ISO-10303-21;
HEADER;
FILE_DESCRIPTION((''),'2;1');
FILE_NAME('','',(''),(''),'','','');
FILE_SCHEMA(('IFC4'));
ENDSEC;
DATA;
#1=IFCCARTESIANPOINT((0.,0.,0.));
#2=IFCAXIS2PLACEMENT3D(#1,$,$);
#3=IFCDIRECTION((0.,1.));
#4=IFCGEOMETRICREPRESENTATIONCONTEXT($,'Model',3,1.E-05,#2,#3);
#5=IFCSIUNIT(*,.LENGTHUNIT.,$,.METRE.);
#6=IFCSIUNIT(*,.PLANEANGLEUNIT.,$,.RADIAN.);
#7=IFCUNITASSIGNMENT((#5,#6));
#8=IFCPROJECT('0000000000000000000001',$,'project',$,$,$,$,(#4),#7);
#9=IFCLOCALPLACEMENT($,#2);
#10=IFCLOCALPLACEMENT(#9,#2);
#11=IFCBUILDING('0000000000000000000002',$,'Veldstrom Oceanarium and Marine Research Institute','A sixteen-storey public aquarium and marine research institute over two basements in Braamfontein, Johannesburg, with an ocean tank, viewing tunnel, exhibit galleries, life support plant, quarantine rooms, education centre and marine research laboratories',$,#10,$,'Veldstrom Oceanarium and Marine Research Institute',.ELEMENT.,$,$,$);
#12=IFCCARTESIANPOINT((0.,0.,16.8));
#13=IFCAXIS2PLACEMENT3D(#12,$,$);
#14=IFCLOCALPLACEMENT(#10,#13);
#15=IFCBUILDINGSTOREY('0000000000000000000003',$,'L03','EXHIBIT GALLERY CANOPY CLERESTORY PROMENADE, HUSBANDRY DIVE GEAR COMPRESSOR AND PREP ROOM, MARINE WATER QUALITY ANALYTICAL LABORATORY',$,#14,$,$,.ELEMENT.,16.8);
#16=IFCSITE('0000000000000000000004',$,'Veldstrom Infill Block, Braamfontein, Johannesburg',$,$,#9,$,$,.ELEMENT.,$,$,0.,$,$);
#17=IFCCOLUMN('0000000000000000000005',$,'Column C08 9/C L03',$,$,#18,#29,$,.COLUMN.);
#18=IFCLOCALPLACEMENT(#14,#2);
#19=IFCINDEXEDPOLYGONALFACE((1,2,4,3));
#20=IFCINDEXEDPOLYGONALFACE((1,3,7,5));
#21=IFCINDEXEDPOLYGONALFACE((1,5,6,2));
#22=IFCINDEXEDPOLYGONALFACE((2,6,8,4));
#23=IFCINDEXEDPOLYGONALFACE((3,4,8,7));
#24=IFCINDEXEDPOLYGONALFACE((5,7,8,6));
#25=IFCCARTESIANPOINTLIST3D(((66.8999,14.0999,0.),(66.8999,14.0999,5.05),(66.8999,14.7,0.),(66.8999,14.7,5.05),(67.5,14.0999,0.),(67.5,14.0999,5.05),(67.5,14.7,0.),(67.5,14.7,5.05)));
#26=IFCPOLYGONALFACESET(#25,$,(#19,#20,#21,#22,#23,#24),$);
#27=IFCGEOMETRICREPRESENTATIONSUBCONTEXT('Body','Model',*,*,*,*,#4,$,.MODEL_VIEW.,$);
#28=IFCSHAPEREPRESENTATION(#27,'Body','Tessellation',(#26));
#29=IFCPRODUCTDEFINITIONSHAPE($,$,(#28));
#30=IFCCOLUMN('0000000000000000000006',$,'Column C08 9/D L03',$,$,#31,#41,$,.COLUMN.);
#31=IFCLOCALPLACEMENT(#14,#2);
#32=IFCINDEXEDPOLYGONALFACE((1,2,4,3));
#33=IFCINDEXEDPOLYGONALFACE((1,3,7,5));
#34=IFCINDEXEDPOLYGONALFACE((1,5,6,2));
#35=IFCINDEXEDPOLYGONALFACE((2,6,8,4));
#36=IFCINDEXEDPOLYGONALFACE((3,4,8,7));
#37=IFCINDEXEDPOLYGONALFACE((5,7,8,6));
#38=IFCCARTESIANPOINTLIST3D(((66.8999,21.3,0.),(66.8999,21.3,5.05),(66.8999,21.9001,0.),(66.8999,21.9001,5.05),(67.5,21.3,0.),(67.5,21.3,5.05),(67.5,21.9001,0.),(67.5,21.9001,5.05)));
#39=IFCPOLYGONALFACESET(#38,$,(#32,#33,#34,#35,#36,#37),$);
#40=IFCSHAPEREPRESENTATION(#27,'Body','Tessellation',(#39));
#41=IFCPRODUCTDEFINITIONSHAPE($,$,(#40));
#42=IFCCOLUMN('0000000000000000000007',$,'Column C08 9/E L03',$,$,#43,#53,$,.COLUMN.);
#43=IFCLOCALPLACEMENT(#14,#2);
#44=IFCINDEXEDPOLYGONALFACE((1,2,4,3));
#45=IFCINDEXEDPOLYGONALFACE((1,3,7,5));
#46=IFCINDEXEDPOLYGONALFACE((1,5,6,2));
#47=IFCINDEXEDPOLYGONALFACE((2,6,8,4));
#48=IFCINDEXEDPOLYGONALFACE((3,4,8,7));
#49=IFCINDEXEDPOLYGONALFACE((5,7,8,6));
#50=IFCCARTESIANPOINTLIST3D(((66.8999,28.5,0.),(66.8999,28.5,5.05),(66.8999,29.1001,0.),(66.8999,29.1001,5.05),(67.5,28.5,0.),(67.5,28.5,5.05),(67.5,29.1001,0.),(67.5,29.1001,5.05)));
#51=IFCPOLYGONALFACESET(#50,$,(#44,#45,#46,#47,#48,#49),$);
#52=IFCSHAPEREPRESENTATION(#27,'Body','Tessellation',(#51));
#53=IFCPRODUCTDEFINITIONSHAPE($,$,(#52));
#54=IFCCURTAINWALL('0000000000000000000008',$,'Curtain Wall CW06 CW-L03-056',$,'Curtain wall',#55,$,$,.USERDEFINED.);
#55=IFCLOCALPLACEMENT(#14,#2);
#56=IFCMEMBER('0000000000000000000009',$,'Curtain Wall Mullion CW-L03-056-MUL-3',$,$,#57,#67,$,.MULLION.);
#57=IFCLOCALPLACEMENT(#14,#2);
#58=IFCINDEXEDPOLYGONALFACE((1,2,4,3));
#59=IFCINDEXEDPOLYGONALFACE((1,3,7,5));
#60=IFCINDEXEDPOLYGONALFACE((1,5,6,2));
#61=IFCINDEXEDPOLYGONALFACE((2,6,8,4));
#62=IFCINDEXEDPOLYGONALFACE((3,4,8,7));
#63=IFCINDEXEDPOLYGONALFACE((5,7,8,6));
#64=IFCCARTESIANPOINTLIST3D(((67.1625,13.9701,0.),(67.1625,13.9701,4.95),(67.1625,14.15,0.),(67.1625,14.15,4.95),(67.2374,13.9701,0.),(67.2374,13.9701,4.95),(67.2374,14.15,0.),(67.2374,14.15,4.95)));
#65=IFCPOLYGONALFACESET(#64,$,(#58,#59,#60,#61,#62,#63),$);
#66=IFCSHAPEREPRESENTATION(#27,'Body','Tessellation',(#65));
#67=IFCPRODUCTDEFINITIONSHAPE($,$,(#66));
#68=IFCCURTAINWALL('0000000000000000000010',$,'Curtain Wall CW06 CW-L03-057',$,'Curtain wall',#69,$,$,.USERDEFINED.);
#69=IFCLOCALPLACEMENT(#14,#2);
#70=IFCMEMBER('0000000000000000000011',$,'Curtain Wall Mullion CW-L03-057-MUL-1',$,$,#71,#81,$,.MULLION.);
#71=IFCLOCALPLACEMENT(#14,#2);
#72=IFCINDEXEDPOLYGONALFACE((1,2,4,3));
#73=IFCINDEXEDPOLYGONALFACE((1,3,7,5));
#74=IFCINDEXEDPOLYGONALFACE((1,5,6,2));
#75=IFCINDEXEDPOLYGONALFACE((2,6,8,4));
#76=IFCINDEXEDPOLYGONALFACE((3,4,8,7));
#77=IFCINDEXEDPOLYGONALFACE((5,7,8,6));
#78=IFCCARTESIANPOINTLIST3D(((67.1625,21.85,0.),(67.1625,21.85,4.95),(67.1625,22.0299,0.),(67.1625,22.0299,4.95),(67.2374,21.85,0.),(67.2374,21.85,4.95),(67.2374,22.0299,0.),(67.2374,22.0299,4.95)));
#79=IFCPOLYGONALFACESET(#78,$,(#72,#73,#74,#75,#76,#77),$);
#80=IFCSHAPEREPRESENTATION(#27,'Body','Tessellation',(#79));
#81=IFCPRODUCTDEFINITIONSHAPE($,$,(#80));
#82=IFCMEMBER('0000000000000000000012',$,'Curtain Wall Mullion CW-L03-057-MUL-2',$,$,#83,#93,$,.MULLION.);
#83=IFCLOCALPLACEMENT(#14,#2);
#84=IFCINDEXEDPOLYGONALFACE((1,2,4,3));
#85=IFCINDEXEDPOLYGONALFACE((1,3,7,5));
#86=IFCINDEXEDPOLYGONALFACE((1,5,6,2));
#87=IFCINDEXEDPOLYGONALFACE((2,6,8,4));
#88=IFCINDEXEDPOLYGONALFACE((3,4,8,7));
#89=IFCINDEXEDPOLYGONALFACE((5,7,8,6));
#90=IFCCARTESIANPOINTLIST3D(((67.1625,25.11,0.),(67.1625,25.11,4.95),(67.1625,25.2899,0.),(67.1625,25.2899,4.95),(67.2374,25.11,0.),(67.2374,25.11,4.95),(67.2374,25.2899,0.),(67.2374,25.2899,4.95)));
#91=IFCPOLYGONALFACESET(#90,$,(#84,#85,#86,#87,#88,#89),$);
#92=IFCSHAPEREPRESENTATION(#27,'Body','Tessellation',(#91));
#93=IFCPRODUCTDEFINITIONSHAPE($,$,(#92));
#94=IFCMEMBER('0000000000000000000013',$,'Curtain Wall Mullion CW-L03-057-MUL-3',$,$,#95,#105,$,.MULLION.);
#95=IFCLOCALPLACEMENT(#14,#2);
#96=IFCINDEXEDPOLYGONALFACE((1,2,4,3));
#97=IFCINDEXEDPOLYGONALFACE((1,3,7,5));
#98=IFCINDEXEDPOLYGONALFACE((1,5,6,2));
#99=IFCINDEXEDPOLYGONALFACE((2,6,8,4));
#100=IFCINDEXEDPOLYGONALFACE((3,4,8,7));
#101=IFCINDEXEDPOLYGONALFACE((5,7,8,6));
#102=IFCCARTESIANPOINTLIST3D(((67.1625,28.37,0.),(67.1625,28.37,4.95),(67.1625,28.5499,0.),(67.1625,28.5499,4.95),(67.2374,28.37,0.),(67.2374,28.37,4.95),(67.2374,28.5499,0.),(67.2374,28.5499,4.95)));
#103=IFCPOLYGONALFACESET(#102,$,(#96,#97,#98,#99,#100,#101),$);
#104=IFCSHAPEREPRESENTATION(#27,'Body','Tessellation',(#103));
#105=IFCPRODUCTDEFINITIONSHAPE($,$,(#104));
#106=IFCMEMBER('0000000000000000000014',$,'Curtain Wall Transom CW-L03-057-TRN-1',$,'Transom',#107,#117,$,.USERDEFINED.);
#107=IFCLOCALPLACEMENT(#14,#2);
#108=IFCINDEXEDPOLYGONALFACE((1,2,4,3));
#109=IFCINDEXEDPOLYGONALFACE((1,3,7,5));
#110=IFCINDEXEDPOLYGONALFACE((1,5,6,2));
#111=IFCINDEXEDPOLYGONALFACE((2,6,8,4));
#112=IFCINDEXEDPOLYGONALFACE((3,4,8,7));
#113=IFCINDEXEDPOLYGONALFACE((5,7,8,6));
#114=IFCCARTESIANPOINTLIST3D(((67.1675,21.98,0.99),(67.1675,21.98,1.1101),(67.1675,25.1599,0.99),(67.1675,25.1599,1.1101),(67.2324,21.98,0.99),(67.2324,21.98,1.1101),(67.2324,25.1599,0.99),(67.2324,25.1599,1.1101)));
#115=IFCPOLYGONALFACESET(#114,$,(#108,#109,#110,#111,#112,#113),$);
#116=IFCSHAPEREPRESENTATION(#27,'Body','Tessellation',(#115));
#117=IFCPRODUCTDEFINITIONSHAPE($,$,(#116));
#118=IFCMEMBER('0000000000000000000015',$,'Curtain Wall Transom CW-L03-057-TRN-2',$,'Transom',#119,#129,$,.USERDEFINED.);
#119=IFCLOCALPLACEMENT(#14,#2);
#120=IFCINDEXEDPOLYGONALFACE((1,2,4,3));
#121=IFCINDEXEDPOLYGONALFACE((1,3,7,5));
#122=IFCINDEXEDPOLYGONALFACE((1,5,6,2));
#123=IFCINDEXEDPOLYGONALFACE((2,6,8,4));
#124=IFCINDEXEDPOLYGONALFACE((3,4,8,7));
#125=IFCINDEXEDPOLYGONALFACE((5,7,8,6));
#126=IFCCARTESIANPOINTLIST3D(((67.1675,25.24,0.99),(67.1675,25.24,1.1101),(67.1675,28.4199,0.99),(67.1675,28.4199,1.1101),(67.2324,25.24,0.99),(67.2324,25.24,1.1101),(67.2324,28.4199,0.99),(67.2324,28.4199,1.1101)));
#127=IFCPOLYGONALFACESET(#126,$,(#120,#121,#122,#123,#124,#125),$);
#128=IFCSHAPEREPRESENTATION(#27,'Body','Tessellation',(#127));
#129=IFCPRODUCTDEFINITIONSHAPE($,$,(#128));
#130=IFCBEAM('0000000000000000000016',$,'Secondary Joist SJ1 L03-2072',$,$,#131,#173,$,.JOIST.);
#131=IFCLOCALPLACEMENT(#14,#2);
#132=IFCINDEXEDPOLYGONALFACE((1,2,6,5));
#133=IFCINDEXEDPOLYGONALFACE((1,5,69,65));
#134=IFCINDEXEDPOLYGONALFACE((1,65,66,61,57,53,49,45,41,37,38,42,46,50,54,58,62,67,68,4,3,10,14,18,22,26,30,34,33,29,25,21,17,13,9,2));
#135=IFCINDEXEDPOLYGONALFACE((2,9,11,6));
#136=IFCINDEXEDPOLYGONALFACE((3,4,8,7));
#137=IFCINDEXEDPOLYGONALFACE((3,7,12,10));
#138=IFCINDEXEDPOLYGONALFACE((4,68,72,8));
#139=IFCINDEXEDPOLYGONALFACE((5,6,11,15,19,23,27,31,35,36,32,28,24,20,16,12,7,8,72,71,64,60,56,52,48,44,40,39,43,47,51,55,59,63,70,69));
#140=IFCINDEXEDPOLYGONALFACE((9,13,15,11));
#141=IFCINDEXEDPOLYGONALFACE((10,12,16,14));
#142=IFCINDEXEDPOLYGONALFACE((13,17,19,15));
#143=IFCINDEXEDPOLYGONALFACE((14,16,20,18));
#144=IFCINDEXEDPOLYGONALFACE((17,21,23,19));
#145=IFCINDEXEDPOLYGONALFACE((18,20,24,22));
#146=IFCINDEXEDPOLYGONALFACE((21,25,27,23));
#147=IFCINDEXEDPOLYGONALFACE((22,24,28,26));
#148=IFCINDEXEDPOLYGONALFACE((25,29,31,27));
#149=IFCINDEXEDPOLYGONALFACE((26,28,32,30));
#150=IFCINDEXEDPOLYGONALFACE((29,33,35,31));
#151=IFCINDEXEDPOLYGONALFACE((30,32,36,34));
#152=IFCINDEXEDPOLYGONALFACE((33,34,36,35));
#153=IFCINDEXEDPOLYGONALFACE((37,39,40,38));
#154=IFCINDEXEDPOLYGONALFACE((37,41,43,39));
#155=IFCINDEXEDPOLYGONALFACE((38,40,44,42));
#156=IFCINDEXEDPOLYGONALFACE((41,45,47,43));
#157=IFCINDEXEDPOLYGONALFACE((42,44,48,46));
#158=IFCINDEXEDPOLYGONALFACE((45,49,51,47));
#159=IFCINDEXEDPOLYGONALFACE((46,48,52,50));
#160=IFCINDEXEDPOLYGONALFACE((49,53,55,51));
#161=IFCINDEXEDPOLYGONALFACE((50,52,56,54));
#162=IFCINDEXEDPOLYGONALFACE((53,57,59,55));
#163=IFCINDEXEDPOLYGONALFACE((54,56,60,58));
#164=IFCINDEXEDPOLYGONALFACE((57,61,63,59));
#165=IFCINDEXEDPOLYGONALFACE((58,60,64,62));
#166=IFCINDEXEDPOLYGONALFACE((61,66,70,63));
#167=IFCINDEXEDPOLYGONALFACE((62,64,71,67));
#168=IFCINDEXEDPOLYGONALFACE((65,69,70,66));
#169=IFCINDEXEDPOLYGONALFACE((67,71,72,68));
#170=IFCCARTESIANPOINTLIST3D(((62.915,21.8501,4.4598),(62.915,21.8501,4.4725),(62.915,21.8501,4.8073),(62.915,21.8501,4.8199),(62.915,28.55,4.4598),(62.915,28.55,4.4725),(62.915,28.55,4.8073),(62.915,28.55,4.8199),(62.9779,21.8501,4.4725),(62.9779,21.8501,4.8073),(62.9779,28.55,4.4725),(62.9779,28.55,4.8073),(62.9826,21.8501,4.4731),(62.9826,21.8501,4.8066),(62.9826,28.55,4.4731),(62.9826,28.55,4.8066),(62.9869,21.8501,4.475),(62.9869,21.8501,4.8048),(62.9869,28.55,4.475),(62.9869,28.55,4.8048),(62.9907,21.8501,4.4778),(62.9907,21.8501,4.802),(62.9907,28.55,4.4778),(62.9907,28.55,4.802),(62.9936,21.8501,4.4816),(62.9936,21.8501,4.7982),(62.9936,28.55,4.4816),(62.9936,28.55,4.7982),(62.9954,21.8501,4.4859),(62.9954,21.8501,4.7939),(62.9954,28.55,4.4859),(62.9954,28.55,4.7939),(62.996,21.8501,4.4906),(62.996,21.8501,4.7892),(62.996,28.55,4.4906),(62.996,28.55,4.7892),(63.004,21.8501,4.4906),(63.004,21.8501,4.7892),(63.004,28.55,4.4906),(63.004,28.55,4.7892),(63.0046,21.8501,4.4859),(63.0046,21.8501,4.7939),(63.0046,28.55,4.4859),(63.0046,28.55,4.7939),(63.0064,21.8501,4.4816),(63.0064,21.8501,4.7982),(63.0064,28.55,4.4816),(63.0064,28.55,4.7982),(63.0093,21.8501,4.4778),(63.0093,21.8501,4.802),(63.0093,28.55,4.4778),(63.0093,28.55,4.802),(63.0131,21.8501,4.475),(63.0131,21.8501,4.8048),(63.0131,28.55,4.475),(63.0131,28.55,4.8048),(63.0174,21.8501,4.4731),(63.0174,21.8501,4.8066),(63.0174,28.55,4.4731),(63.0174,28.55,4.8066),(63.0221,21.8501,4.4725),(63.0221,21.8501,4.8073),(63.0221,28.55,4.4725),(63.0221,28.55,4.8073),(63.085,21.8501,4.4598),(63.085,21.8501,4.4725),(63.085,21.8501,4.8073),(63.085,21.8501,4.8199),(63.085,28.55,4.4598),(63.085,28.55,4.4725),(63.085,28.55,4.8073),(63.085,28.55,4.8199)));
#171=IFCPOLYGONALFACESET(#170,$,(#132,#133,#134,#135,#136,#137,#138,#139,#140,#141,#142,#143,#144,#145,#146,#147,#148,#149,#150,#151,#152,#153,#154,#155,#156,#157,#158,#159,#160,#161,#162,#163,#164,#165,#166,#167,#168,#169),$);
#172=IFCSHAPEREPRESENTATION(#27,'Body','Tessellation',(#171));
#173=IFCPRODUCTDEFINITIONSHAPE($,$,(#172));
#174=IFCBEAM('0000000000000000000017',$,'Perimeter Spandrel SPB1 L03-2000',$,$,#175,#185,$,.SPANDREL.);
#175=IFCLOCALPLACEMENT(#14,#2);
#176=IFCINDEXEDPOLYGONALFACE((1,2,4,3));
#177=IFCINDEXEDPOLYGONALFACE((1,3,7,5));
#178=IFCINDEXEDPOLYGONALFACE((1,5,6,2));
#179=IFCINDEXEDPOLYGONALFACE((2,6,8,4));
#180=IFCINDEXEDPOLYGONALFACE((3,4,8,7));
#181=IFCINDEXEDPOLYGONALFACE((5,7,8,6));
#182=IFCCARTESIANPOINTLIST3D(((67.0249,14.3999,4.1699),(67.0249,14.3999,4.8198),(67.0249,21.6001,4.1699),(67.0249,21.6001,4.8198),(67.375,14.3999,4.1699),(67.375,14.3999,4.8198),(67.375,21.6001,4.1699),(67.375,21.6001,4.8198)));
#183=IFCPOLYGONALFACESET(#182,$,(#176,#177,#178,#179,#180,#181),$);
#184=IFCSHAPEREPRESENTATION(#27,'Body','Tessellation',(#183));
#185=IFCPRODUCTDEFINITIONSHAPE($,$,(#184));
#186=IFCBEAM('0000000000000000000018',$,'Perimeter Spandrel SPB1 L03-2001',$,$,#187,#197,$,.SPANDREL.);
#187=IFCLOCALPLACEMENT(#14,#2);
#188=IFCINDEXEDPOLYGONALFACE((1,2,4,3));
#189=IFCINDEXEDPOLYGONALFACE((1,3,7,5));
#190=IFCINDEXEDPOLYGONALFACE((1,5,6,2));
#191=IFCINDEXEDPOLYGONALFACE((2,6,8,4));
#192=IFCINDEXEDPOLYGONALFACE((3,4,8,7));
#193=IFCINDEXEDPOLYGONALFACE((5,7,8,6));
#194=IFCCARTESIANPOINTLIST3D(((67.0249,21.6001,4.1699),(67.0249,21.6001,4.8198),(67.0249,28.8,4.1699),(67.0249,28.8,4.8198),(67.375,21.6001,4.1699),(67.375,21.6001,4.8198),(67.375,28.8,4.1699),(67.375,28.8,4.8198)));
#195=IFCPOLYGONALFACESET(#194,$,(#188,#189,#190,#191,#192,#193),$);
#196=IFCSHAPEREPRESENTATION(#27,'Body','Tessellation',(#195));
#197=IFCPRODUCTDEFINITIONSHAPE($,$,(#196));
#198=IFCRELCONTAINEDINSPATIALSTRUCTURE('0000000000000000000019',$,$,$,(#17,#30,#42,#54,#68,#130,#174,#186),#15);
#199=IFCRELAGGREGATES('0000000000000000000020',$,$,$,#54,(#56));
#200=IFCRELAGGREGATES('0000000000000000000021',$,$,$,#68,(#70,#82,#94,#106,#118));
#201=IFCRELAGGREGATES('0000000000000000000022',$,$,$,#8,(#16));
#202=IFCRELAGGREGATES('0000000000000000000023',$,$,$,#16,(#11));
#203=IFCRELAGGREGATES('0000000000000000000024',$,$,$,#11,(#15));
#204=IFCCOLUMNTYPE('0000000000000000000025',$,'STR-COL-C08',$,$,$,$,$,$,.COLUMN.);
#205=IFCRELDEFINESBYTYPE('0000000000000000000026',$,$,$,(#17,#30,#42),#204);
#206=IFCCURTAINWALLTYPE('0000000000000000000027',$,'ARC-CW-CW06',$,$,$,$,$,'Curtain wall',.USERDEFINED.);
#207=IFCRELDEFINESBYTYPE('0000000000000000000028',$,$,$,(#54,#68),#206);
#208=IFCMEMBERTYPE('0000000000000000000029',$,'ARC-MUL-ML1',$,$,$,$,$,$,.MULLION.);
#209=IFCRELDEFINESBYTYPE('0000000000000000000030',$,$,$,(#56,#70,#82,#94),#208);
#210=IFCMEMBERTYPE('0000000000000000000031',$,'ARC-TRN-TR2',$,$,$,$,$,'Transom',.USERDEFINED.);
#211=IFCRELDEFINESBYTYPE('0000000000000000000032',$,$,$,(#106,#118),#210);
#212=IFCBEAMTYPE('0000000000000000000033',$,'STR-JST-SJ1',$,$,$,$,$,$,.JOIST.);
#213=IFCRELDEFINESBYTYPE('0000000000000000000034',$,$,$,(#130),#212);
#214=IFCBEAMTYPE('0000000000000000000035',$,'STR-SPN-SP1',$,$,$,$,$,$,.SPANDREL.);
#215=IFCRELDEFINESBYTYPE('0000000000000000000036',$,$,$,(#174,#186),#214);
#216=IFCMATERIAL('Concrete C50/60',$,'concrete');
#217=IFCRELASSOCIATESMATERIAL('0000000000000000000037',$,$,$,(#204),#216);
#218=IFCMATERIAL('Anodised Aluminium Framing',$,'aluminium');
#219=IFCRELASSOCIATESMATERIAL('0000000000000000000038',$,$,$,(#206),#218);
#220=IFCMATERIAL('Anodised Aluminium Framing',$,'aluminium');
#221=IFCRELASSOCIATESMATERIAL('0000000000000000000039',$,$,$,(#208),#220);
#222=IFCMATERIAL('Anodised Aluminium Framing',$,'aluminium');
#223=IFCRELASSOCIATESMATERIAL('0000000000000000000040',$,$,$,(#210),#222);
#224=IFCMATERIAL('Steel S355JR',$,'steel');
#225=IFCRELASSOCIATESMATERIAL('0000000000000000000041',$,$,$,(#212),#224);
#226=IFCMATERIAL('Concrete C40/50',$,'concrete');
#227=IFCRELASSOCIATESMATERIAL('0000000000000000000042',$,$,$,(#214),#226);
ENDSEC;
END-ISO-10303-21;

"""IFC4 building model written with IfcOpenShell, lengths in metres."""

from ifc_helpers import new_model, si_unit, direction, frame, origin, origin_2d, place, context, subcontext, project, spatial, rectangle, i_section, extrude, material, material_profile, profile_set, type_object, element, aggregate, save


model = new_model("IFC4")

# Units and contexts
model_context = context("Model", 3, precision=1e-05, world=origin(), true_north=direction((0.0, 1.0)))
body_context = subcontext(model_context, "Body", "Model", "MODEL_VIEW")
ifc_project = project(units=[si_unit("LENGTHUNIT", "METRE"), si_unit("PLANEANGLEUNIT", "RADIAN")], contexts=[model_context])

# Site, building, storey
site_placement = place(None, origin())
site = spatial("IfcSite", under=ifc_project, at=site_placement, Name="Veldstrom Infill Block, Braamfontein, Johannesburg", CompositionType="ELEMENT", RefElevation=0.0)
building_placement = place(site_placement, origin())
building = spatial("IfcBuilding", under=site, at=building_placement, Name="Veldstrom Oceanarium and Marine Research Institute", Description="A sixteen-storey public aquarium and marine research institute over two basements in Braamfontein, Johannesburg, with an ocean tank, viewing tunnel, exhibit galleries, life support plant, quarantine rooms, education centre and marine research laboratories", LongName="Veldstrom Oceanarium and Marine Research Institute", CompositionType="ELEMENT")
storey_placement = place(building_placement, frame((0.0, 0.0, 16.8)))
storey = spatial("IfcBuildingStorey", under=building, at=storey_placement, Name="L03", Description="EXHIBIT GALLERY CANOPY CLERESTORY PROMENADE, HUSBANDRY DIVE GEAR COMPRESSOR AND PREP ROOM, MARINE WATER QUALITY ANALYTICAL LABORATORY", CompositionType="ELEMENT", Elevation=16.8)

# Columns
ifc_material_1 = material(Name="Concrete C50/60", Category="concrete")
ifc_material_profile_1 = material_profile(ifc_material_1, rectangle(XDim=0.6001, YDim=0.6001, at=origin_2d()), Name="RC-COL-600x600")
ifc_profile_set_1 = profile_set([ifc_material_profile_1], Name="Concrete C50/60")
column_type = type_object("IfcColumnType", Name="STR-COL-C08", PredefinedType="COLUMN", material=ifc_profile_set_1)
for number, where, z_axis, x_axis, name in (
    (1, (67.2, 14.3999, 0.0), (0.0, 0.0, 1.0), (1.0, 0.0, 0.0), "Column C08 9/C L03"),
    (2, (67.2, 21.6001, 0.0), (0.0, 0.0, 1.0), (1.0, 0.0, 0.0), "Column C08 9/D L03"),
    (3, (67.2, 28.8, 0.0), (0.0, 0.0, 1.0), (1.0, 0.0, 0.0), "Column C08 9/E L03"),
):
    element("IfcColumn", number, at=place(storey_placement, frame(where, z_axis=z_axis, x_axis=x_axis)), inside=storey, type_object=column_type, Name=name, PredefinedType="COLUMN", context=body_context, shape_type="SweptSolid", body=[
        extrude(rectangle(XDim=0.6001, YDim=0.6001, at=origin_2d()), origin(), (0.0, 0.0, 1.0), 5.05),
    ])

# Curtain wall, member
ifc_material_2 = material(Name="Anodised Aluminium Framing", Category="aluminium")
curtain_wall_type = type_object("IfcCurtainWallType", Name="ARC-CW-CW06", ElementType="Curtain wall", PredefinedType="USERDEFINED", material=ifc_material_2)
curtain_wall_1_placement = place(storey_placement, origin())
curtain_wall_1 = element("IfcCurtainWall", 4, at=curtain_wall_1_placement, inside=storey, type_object=curtain_wall_type, Name="Curtain Wall CW06 CW-L03-056", ObjectType="Curtain wall", PredefinedType="USERDEFINED")
ifc_material_3 = material(Name="Anodised Aluminium Framing", Category="aluminium")
ifc_material_profile_2 = material_profile(ifc_material_3, rectangle(XDim=0.075, YDim=0.1799, at=origin_2d()), Name="ALU-MUL-75x180")
ifc_profile_set_2 = profile_set([ifc_material_profile_2], Name="Anodised Aluminium Framing")
member_type_1 = type_object("IfcMemberType", Name="ARC-MUL-ML1", PredefinedType="MULLION", material=ifc_profile_set_2)
member_1_placement = place(storey_placement, frame((67.2, 14.0601, 0.0), z_axis=(0.0, 0.0, 1.0), x_axis=(1.0, 0.0, 0.0)))
member_1 = element("IfcMember", 5, at=member_1_placement, type_object=member_type_1, Name="Curtain Wall Mullion CW-L03-056-MUL-3", PredefinedType="MULLION", context=body_context, shape_type="SweptSolid", body=[
    extrude(rectangle(XDim=0.075, YDim=0.1799, at=origin_2d()), origin(), (0.0, 0.0, 1.0), 4.95),
])
aggregate(curtain_wall_1, [member_1])

# Curtain wall, members
curtain_wall_2_placement = place(storey_placement, origin())
curtain_wall_2 = element("IfcCurtainWall", 6, at=curtain_wall_2_placement, inside=storey, type_object=curtain_wall_type, Name="Curtain Wall CW06 CW-L03-057", ObjectType="Curtain wall", PredefinedType="USERDEFINED")
member_2_placement = place(storey_placement, frame((67.2, 21.9399, 0.0), z_axis=(0.0, 0.0, 1.0), x_axis=(1.0, 0.0, 0.0)))
member_2 = element("IfcMember", 7, at=member_2_placement, type_object=member_type_1, Name="Curtain Wall Mullion CW-L03-057-MUL-1", PredefinedType="MULLION", context=body_context, shape_type="SweptSolid", body=[
    extrude(rectangle(XDim=0.075, YDim=0.1799, at=origin_2d()), origin(), (0.0, 0.0, 1.0), 4.95),
])
member_3_placement = place(storey_placement, frame((67.2, 25.2, 0.0), z_axis=(0.0, 0.0, 1.0), x_axis=(1.0, 0.0, 0.0)))
member_3 = element("IfcMember", 8, at=member_3_placement, type_object=member_type_1, Name="Curtain Wall Mullion CW-L03-057-MUL-2", PredefinedType="MULLION", context=body_context, shape_type="SweptSolid", body=[
    extrude(rectangle(XDim=0.075, YDim=0.1799, at=origin_2d()), origin(), (0.0, 0.0, 1.0), 4.95),
])
member_4_placement = place(storey_placement, frame((67.2, 28.46, 0.0), z_axis=(0.0, 0.0, 1.0), x_axis=(1.0, 0.0, 0.0)))
member_4 = element("IfcMember", 9, at=member_4_placement, type_object=member_type_1, Name="Curtain Wall Mullion CW-L03-057-MUL-3", PredefinedType="MULLION", context=body_context, shape_type="SweptSolid", body=[
    extrude(rectangle(XDim=0.075, YDim=0.1799, at=origin_2d()), origin(), (0.0, 0.0, 1.0), 4.95),
])
ifc_material_4 = material(Name="Anodised Aluminium Framing", Category="aluminium")
ifc_material_profile_3 = material_profile(ifc_material_4, rectangle(XDim=0.0649, YDim=0.1201, at=origin_2d()), Name="ALU-TRN-65x120")
ifc_profile_set_3 = profile_set([ifc_material_profile_3], Name="Anodised Aluminium Framing")
member_type_2 = type_object("IfcMemberType", Name="ARC-TRN-TR2", ElementType="Transom", PredefinedType="USERDEFINED", material=ifc_profile_set_3)
member_5_placement = place(storey_placement, frame((67.2, 21.98, 1.05), z_axis=(0.0, 1.0, 0.0), x_axis=(-1.0, 0.0, 0.0)))
member_5 = element("IfcMember", 10, at=member_5_placement, type_object=member_type_2, Name="Curtain Wall Transom CW-L03-057-TRN-1", ObjectType="Transom", PredefinedType="USERDEFINED", context=body_context, shape_type="SweptSolid", body=[
    extrude(rectangle(XDim=0.0649, YDim=0.1201, at=origin_2d()), origin(), (0.0, 0.0, 1.0), 3.1799),
])
member_6_placement = place(storey_placement, frame((67.2, 25.24, 1.05), z_axis=(0.0, 1.0, 0.0), x_axis=(-1.0, 0.0, 0.0)))
member_6 = element("IfcMember", 11, at=member_6_placement, type_object=member_type_2, Name="Curtain Wall Transom CW-L03-057-TRN-2", ObjectType="Transom", PredefinedType="USERDEFINED", context=body_context, shape_type="SweptSolid", body=[
    extrude(rectangle(XDim=0.0649, YDim=0.1201, at=origin_2d()), origin(), (0.0, 0.0, 1.0), 3.1799),
])

# Beams
ifc_material_5 = material(Name="Steel S355JR", Category="steel")
ifc_material_profile_4 = material_profile(ifc_material_5, i_section(OverallWidth=0.1699, OverallDepth=0.3601, WebThickness=0.0081, FlangeThickness=0.0127, FilletRadius=0.0181, at=origin_2d()), Name="IPE 360")
ifc_profile_set_4 = profile_set([ifc_material_profile_4], Name="Steel S355JR")
beam_type_1 = type_object("IfcBeamType", Name="STR-JST-SJ1", PredefinedType="JOIST", material=ifc_profile_set_4)
beam_1_placement = place(storey_placement, frame((63.0, 21.8501, 4.6399), z_axis=(0.0, 1.0, 0.0), x_axis=(-1.0, 0.0, 0.0)))
element("IfcBeam", 12, at=beam_1_placement, inside=storey, type_object=beam_type_1, Name="Secondary Joist SJ1 L03-2072", PredefinedType="JOIST", context=body_context, shape_type="SweptSolid", body=[
    extrude(i_section(OverallWidth=0.1699, OverallDepth=0.3601, WebThickness=0.0081, FlangeThickness=0.0127, FilletRadius=0.0181, at=origin_2d()), origin(), (0.0, 0.0, 1.0), 6.7),
])
ifc_material_6 = material(Name="Concrete C40/50", Category="concrete")
ifc_material_profile_5 = material_profile(ifc_material_6, rectangle(XDim=0.3501, YDim=0.6499, at=origin_2d()), Name="RC-SPN-350x650")
ifc_profile_set_5 = profile_set([ifc_material_profile_5], Name="Concrete C40/50")
beam_type_2 = type_object("IfcBeamType", Name="STR-SPN-SP1", PredefinedType="SPANDREL", material=ifc_profile_set_5)
beam_2_placement = place(storey_placement, frame((67.2, 14.3999, 4.4949), z_axis=(0.0, 1.0, 0.0), x_axis=(-1.0, 0.0, 0.0)))
element("IfcBeam", 13, at=beam_2_placement, inside=storey, type_object=beam_type_2, Name="Perimeter Spandrel SPB1 L03-2000", PredefinedType="SPANDREL", context=body_context, shape_type="SweptSolid", body=[
    extrude(rectangle(XDim=0.3501, YDim=0.6499, at=origin_2d()), origin(), (0.0, 0.0, 1.0), 7.2002),
])
beam_3_placement = place(storey_placement, frame((67.2, 21.6001, 4.4949), z_axis=(0.0, 1.0, 0.0), x_axis=(-1.0, 0.0, 0.0)))
element("IfcBeam", 14, at=beam_3_placement, inside=storey, type_object=beam_type_2, Name="Perimeter Spandrel SPB1 L03-2001", PredefinedType="SPANDREL", context=body_context, shape_type="SweptSolid", body=[
    extrude(rectangle(XDim=0.3501, YDim=0.6499, at=origin_2d()), origin(), (0.0, 0.0, 1.0), 7.2),
])

aggregate(curtain_wall_2, [member_2, member_3, member_4, member_5, member_6])

save(model, "model.ifc")
